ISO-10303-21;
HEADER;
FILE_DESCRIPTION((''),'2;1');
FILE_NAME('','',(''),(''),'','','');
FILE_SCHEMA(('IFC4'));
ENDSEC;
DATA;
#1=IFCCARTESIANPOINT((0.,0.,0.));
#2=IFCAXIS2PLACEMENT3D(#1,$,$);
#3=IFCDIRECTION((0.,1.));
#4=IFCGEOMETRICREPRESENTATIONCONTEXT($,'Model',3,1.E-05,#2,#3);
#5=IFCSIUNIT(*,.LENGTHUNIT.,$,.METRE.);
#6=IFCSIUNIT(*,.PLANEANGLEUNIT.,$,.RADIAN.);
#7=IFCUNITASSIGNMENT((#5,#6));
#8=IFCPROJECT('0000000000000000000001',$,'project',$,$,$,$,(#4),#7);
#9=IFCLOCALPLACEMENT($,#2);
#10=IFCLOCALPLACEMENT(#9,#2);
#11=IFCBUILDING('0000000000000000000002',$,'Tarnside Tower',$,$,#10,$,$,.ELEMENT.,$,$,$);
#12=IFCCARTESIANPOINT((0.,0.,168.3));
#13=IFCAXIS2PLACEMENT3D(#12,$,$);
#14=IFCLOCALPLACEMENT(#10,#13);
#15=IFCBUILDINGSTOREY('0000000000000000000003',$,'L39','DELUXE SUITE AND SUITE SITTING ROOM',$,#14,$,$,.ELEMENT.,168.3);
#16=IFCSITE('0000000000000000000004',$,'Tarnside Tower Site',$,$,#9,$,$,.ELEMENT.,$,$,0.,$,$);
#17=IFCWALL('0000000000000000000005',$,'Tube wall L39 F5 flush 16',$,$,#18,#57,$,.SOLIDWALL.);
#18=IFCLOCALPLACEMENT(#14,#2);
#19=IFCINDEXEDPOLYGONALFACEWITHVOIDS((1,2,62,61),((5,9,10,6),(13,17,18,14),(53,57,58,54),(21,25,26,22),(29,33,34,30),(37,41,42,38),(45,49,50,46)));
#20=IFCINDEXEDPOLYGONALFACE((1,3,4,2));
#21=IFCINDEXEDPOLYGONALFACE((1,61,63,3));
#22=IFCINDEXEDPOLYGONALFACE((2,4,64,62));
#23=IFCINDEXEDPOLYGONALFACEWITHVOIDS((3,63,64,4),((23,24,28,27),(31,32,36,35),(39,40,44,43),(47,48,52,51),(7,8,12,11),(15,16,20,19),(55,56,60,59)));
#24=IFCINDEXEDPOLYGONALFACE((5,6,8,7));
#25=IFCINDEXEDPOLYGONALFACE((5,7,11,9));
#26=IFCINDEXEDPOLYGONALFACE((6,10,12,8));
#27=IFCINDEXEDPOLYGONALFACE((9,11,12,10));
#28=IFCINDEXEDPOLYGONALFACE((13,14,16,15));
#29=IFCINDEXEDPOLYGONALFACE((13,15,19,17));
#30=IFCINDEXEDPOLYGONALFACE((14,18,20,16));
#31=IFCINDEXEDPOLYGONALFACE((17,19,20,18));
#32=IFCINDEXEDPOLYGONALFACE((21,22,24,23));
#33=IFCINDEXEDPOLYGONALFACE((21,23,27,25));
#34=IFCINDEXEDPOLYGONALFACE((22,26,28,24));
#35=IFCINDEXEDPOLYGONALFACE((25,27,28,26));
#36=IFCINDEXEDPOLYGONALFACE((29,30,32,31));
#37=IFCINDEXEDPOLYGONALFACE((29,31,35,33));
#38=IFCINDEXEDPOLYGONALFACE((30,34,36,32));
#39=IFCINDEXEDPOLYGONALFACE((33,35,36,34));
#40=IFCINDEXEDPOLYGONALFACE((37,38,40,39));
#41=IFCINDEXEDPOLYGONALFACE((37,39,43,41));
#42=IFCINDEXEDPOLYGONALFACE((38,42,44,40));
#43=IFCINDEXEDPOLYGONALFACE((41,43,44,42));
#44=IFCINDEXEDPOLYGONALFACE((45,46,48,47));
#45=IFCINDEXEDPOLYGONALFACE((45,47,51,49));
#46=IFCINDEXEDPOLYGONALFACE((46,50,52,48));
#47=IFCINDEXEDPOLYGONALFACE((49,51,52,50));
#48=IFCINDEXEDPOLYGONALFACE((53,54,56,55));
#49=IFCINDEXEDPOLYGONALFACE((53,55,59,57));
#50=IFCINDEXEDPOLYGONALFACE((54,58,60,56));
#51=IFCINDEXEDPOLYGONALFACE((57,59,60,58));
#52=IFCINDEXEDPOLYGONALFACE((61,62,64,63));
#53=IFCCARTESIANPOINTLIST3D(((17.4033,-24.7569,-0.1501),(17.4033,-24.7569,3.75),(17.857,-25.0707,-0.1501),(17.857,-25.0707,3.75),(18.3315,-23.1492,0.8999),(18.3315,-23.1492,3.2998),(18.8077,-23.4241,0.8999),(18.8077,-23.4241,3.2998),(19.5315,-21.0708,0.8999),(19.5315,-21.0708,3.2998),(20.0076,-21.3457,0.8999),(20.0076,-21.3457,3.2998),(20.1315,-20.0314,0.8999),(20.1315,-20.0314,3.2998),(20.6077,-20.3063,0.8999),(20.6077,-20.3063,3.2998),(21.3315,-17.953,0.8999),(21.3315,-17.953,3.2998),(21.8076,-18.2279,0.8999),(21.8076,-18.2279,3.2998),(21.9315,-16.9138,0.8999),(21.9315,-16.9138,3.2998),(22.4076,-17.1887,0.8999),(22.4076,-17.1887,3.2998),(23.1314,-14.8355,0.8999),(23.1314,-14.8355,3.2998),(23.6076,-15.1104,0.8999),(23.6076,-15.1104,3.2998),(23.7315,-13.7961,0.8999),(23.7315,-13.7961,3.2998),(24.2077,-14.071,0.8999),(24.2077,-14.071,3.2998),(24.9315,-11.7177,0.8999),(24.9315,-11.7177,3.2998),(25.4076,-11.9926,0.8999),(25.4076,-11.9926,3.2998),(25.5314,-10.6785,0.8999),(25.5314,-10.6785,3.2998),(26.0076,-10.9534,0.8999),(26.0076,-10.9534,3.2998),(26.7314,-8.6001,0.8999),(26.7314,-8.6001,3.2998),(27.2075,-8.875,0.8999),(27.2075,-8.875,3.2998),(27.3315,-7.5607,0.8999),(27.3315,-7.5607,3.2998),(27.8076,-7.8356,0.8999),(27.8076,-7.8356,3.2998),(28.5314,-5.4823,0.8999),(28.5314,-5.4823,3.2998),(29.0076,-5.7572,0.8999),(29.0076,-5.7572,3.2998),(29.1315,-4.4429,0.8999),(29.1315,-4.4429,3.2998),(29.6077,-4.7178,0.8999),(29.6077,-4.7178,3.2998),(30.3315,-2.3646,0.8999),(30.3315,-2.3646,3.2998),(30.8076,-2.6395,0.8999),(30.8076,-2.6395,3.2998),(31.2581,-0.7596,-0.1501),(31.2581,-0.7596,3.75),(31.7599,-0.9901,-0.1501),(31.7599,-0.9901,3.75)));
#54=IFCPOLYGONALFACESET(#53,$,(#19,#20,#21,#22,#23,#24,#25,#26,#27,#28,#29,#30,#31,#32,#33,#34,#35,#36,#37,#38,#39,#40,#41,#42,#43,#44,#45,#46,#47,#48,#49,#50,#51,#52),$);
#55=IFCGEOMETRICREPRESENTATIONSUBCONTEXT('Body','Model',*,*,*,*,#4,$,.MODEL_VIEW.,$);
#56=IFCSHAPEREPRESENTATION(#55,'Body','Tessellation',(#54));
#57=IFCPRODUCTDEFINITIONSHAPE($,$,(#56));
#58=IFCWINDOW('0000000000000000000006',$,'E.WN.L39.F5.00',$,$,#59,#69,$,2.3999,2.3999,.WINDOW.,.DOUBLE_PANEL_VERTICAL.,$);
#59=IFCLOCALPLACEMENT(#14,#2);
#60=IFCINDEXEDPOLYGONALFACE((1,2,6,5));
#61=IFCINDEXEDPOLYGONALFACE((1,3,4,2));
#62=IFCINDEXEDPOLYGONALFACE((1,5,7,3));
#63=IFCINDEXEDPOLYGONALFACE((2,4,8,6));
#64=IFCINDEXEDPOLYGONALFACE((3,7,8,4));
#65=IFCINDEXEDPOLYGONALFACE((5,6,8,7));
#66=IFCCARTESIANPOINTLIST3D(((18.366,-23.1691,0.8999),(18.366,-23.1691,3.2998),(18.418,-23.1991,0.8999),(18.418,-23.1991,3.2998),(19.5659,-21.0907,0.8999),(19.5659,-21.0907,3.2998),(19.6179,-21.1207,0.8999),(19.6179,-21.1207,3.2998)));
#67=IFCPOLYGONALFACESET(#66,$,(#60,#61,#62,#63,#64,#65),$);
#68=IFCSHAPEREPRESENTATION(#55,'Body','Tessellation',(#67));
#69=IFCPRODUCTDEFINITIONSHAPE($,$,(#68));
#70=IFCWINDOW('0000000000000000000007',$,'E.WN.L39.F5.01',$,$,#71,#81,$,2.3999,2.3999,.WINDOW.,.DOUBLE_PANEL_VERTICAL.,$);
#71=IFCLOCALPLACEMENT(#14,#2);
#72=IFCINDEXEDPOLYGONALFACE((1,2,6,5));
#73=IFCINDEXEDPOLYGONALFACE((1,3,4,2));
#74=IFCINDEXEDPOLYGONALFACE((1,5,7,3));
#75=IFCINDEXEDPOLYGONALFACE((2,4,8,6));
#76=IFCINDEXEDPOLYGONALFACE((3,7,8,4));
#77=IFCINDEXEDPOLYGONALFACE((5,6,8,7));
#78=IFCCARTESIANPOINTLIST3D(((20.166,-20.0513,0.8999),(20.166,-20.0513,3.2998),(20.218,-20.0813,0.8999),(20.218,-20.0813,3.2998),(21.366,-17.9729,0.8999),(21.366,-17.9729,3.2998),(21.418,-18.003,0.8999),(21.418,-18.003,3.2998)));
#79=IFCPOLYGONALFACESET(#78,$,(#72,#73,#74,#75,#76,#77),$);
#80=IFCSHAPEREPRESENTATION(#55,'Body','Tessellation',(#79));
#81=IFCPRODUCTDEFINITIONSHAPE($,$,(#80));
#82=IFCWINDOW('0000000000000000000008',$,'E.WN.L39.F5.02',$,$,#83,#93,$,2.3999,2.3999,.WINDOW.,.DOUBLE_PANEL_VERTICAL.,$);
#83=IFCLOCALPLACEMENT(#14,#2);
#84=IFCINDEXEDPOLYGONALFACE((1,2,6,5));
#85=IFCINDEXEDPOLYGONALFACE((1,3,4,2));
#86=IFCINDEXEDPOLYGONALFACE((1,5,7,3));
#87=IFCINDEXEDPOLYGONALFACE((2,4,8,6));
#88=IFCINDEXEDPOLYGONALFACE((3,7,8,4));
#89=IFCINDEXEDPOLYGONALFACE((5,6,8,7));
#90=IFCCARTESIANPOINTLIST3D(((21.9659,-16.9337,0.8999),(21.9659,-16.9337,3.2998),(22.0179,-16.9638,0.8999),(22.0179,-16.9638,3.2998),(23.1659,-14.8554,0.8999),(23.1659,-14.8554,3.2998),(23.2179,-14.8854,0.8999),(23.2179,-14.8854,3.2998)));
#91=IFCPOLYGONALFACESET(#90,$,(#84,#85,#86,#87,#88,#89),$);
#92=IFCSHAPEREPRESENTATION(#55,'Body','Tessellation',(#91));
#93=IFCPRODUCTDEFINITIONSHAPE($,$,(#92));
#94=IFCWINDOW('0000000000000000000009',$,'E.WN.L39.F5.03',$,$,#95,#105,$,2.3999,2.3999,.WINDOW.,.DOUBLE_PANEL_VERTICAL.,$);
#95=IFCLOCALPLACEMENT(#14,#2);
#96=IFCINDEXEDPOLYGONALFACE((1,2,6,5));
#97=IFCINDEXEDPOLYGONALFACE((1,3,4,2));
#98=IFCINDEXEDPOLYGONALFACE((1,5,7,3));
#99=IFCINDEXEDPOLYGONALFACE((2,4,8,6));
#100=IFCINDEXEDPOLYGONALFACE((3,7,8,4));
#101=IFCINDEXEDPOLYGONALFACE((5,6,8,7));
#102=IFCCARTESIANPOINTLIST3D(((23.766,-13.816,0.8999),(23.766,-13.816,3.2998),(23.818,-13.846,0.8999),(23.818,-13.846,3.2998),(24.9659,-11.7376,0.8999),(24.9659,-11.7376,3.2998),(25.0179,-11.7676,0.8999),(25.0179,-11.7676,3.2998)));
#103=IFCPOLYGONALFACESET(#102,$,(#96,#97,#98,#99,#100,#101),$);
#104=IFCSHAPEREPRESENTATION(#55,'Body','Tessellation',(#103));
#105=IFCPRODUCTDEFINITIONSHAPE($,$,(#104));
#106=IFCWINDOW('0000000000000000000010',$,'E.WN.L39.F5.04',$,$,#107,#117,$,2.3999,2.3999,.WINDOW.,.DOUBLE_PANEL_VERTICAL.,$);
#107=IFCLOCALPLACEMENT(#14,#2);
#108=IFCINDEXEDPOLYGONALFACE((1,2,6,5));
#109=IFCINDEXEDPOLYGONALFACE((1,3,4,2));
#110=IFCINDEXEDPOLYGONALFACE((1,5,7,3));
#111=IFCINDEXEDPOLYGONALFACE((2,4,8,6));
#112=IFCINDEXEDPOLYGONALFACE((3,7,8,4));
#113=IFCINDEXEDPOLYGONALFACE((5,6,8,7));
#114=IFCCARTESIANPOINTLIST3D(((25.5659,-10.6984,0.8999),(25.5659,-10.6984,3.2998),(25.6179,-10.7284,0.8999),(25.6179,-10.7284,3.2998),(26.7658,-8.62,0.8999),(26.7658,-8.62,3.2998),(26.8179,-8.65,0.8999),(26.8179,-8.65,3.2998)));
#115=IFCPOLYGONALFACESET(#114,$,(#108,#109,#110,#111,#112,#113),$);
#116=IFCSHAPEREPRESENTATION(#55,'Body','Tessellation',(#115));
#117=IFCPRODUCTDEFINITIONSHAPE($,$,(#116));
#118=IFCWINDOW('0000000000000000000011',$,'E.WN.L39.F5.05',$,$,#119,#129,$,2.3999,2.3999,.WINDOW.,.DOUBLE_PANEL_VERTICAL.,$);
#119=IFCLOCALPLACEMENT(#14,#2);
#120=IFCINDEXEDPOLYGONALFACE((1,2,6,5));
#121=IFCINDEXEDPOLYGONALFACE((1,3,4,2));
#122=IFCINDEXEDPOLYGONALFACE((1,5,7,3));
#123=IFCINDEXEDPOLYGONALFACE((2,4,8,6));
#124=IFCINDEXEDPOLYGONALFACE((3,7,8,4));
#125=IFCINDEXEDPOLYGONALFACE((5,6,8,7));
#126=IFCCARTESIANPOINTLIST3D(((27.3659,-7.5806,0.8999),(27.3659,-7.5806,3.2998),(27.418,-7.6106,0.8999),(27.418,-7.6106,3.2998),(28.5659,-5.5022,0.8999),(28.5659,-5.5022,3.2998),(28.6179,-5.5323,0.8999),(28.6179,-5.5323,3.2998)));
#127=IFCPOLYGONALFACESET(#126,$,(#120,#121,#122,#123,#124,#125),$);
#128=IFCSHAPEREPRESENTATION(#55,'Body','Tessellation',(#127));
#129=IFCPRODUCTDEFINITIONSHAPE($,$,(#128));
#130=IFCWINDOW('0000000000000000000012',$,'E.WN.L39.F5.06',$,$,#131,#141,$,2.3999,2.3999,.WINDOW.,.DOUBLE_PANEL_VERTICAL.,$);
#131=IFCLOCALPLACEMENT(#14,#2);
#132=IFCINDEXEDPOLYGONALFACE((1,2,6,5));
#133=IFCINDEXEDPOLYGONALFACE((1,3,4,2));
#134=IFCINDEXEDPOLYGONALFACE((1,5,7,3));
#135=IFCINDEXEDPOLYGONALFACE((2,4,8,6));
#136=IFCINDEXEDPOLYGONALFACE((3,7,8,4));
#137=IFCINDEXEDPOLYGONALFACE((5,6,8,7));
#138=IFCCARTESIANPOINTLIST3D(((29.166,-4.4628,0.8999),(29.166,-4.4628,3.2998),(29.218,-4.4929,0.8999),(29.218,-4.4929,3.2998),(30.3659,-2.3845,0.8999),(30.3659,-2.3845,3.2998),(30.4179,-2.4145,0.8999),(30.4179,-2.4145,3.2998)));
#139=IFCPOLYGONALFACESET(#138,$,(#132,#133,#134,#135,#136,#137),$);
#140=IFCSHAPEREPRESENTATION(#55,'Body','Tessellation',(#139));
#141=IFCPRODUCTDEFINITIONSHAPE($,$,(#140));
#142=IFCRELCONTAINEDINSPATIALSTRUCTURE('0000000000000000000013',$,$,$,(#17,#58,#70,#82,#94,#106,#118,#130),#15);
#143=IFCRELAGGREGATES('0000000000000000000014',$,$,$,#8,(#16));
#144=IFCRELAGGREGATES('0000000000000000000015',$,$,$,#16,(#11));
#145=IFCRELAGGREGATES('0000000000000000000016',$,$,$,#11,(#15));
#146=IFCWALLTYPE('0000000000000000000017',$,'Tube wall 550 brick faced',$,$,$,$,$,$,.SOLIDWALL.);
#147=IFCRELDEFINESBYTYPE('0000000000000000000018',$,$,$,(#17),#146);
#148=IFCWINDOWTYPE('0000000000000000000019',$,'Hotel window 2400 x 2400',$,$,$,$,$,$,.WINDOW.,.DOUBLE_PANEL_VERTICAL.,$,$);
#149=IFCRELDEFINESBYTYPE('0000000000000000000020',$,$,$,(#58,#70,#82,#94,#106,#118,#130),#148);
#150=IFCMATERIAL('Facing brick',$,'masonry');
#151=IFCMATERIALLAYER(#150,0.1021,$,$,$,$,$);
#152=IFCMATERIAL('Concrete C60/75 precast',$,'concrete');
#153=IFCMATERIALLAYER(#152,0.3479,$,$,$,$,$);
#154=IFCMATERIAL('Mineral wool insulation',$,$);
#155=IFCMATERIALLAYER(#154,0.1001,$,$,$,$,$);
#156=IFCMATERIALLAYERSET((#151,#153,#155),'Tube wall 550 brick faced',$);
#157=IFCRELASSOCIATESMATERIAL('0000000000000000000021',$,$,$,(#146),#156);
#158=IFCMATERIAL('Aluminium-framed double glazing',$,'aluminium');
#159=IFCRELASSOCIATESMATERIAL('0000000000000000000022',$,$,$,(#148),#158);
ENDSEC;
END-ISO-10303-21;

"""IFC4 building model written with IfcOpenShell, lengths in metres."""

from ifc_helpers import new_model, si_unit, direction, frame, frame_2d, origin, place, context, subcontext, project, spatial, polyline, rectangle, outline, extrude, material, layer, layer_set, type_object, element, fill, save


model = new_model("IFC4")

# Units and contexts
model_context = context("Model", 3, precision=1e-05, world=origin(), true_north=direction((0.0, 1.0)))
body_context = subcontext(model_context, "Body", "Model", "MODEL_VIEW")
ifc_project = project(units=[si_unit("LENGTHUNIT", "METRE"), si_unit("PLANEANGLEUNIT", "RADIAN")], contexts=[model_context])

# Site, building, storey
site_placement = place(None, origin())
site = spatial("IfcSite", under=ifc_project, at=site_placement, Name="Tarnside Tower Site", CompositionType="ELEMENT", RefElevation=0.0)
building_placement = place(site_placement, origin())
building = spatial("IfcBuilding", under=site, at=building_placement, Name="Tarnside Tower", CompositionType="ELEMENT")
storey_placement = place(building_placement, frame((0.0, 0.0, 168.3)))
storey = spatial("IfcBuildingStorey", under=building, at=storey_placement, Name="L39", Description="DELUXE SUITE AND SUITE SITTING ROOM", CompositionType="ELEMENT", Elevation=168.3)

# Shared definitions
ifc_material_1 = material(Name="Facing brick", Category="masonry")
ifc_layer_1 = layer(ifc_material_1, 0.1021)
ifc_material_2 = material(Name="Concrete C60/75 precast", Category="concrete")
ifc_layer_2 = layer(ifc_material_2, 0.3479)
ifc_material_3 = material(Name="Mineral wool insulation")
ifc_layer_3 = layer(ifc_material_3, 0.1001)
ifc_layer_set_1 = layer_set([ifc_layer_1, ifc_layer_2, ifc_layer_3], Name="Tube wall 550 brick faced")
wall_type_1 = type_object("IfcWallType", Name="Tube wall 550 brick faced", PredefinedType="SOLIDWALL", material=ifc_layer_set_1)

# Wall, openings, windows
wall_1_placement = place(storey_placement, frame((17.6301, -24.9138, -0.1501), z_axis=(0.0, 0.0, 1.0), x_axis=(0.499999, 0.866026, 0.0)))
wall_1 = element("IfcWall", 1, at=wall_1_placement, inside=storey, type_object=wall_type_1, Name="Tube wall L39 F5 flush 16", PredefinedType="SOLIDWALL", context=body_context, shape_type="SweptSolid", body=[
    extrude(outline(polyline([(-0.0225, -0.2749), (27.7834, -0.2749), (27.7322, 0.2749), (0.0225, 0.2749), (-0.0225, -0.2749)])), origin(), (0.0, 0.0, 1.0), 3.9001),
])
opening_1_placement = place(wall_1_placement, frame((1.8789, 0.0, 1.05)))
opening_1 = element("IfcOpeningElement", 2, at=opening_1_placement, cuts=wall_1, PredefinedType="OPENING", context=body_context, shape_type="SweptSolid", body=[
    extrude(rectangle(XDim=2.3999, YDim=2.3999, at=frame_2d((1.2, 1.2))), frame((0.0, 0.2852, 0.0), z_axis=(0.0, -1.0, 0.0), x_axis=(1.0, 0.0, 0.0)), (0.0, 0.0, 1.0), 0.5701),
])
opening_2_placement = place(wall_1_placement, frame((5.479, 0.0, 1.05)))
opening_2 = element("IfcOpeningElement", 3, at=opening_2_placement, cuts=wall_1, PredefinedType="OPENING", context=body_context, shape_type="SweptSolid", body=[
    extrude(rectangle(XDim=2.3999, YDim=2.3999, at=frame_2d((1.2, 1.2))), frame((0.0, 0.2852, 0.0), z_axis=(0.0, -1.0, 0.0), x_axis=(1.0, 0.0, 0.0)), (0.0, 0.0, 1.0), 0.5701),
])
opening_3_placement = place(wall_1_placement, frame((9.0789, 0.0, 1.05)))
opening_3 = element("IfcOpeningElement", 4, at=opening_3_placement, cuts=wall_1, PredefinedType="OPENING", context=body_context, shape_type="SweptSolid", body=[
    extrude(rectangle(XDim=2.3999, YDim=2.3999, at=frame_2d((1.2, 1.2))), frame((0.0, 0.2852, 0.0), z_axis=(0.0, -1.0, 0.0), x_axis=(1.0, 0.0, 0.0)), (0.0, 0.0, 1.0), 0.5701),
])
opening_4_placement = place(wall_1_placement, frame((12.679, 0.0, 1.05)))
opening_4 = element("IfcOpeningElement", 5, at=opening_4_placement, cuts=wall_1, PredefinedType="OPENING", context=body_context, shape_type="SweptSolid", body=[
    extrude(rectangle(XDim=2.3999, YDim=2.3999, at=frame_2d((1.2, 1.2))), frame((0.0, 0.2852, 0.0), z_axis=(0.0, -1.0, 0.0), x_axis=(1.0, 0.0, 0.0)), (0.0, 0.0, 1.0), 0.5701),
])
opening_5_placement = place(wall_1_placement, frame((16.2788, 0.0, 1.05)))
opening_5 = element("IfcOpeningElement", 6, at=opening_5_placement, cuts=wall_1, PredefinedType="OPENING", context=body_context, shape_type="SweptSolid", body=[
    extrude(rectangle(XDim=2.3999, YDim=2.3999, at=frame_2d((1.2, 1.2))), frame((0.0, 0.2852, 0.0), z_axis=(0.0, -1.0, 0.0), x_axis=(1.0, 0.0, 0.0)), (0.0, 0.0, 1.0), 0.5701),
])
opening_6_placement = place(wall_1_placement, frame((19.8789, 0.0, 1.05)))
opening_6 = element("IfcOpeningElement", 7, at=opening_6_placement, cuts=wall_1, PredefinedType="OPENING", context=body_context, shape_type="SweptSolid", body=[
    extrude(rectangle(XDim=2.3999, YDim=2.3999, at=frame_2d((1.2, 1.2))), frame((0.0, 0.2852, 0.0), z_axis=(0.0, -1.0, 0.0), x_axis=(1.0, 0.0, 0.0)), (0.0, 0.0, 1.0), 0.5701),
])
opening_7_placement = place(wall_1_placement, frame((23.479, 0.0, 1.05)))
opening_7 = element("IfcOpeningElement", 8, at=opening_7_placement, cuts=wall_1, PredefinedType="OPENING", context=body_context, shape_type="SweptSolid", body=[
    extrude(rectangle(XDim=2.3999, YDim=2.3999, at=frame_2d((1.2, 1.2))), frame((0.0, 0.2852, 0.0), z_axis=(0.0, -1.0, 0.0), x_axis=(1.0, 0.0, 0.0)), (0.0, 0.0, 1.0), 0.5701),
])
ifc_material_4 = material(Name="Aluminium-framed double glazing", Category="aluminium")
window_type = type_object("IfcWindowType", Name="Hotel window 2400 x 2400", PartitioningType="DOUBLE_PANEL_VERTICAL", PredefinedType="WINDOW", material=ifc_material_4)
window_1_placement = place(opening_1_placement, frame((0.0, 0.2051, 0.0)))
window_1 = element("IfcWindow", 9, at=window_1_placement, inside=storey, type_object=window_type, Name="E.WN.L39.F5.00", OverallHeight=2.3999, OverallWidth=2.3999, PartitioningType="DOUBLE_PANEL_VERTICAL", PredefinedType="WINDOW", context=body_context, shape_type="SweptSolid", body=[
    extrude(rectangle(XDim=2.3999, YDim=2.3999, at=frame_2d((1.2, 1.2))), frame((0.0, 0.03, 0.0), z_axis=(0.0, -1.0, 0.0), x_axis=(1.0, 0.0, 0.0)), (0.0, 0.0, 1.0), 0.0601),
])
fill(opening_1, window_1)
window_2_placement = place(opening_2_placement, frame((0.0, 0.2051, 0.0)))
window_2 = element("IfcWindow", 10, at=window_2_placement, inside=storey, type_object=window_type, Name="E.WN.L39.F5.01", OverallHeight=2.3999, OverallWidth=2.3999, PartitioningType="DOUBLE_PANEL_VERTICAL", PredefinedType="WINDOW", context=body_context, shape_type="SweptSolid", body=[
    extrude(rectangle(XDim=2.3999, YDim=2.3999, at=frame_2d((1.2, 1.2))), frame((0.0, 0.03, 0.0), z_axis=(0.0, -1.0, 0.0), x_axis=(1.0, 0.0, 0.0)), (0.0, 0.0, 1.0), 0.0601),
])
fill(opening_2, window_2)
window_3_placement = place(opening_3_placement, frame((0.0, 0.2051, 0.0)))
window_3 = element("IfcWindow", 11, at=window_3_placement, inside=storey, type_object=window_type, Name="E.WN.L39.F5.02", OverallHeight=2.3999, OverallWidth=2.3999, PartitioningType="DOUBLE_PANEL_VERTICAL", PredefinedType="WINDOW", context=body_context, shape_type="SweptSolid", body=[
    extrude(rectangle(XDim=2.3999, YDim=2.3999, at=frame_2d((1.2, 1.2))), frame((0.0, 0.03, 0.0), z_axis=(0.0, -1.0, 0.0), x_axis=(1.0, 0.0, 0.0)), (0.0, 0.0, 1.0), 0.0601),
])
fill(opening_3, window_3)
window_4_placement = place(opening_4_placement, frame((0.0, 0.2051, 0.0)))
window_4 = element("IfcWindow", 12, at=window_4_placement, inside=storey, type_object=window_type, Name="E.WN.L39.F5.03", OverallHeight=2.3999, OverallWidth=2.3999, PartitioningType="DOUBLE_PANEL_VERTICAL", PredefinedType="WINDOW", context=body_context, shape_type="SweptSolid", body=[
    extrude(rectangle(XDim=2.3999, YDim=2.3999, at=frame_2d((1.2, 1.2))), frame((0.0, 0.03, 0.0), z_axis=(0.0, -1.0, 0.0), x_axis=(1.0, 0.0, 0.0)), (0.0, 0.0, 1.0), 0.0601),
])
fill(opening_4, window_4)
window_5_placement = place(opening_5_placement, frame((0.0, 0.2051, 0.0)))
window_5 = element("IfcWindow", 13, at=window_5_placement, inside=storey, type_object=window_type, Name="E.WN.L39.F5.04", OverallHeight=2.3999, OverallWidth=2.3999, PartitioningType="DOUBLE_PANEL_VERTICAL", PredefinedType="WINDOW", context=body_context, shape_type="SweptSolid", body=[
    extrude(rectangle(XDim=2.3999, YDim=2.3999, at=frame_2d((1.2, 1.2))), frame((0.0, 0.03, 0.0), z_axis=(0.0, -1.0, 0.0), x_axis=(1.0, 0.0, 0.0)), (0.0, 0.0, 1.0), 0.0601),
])
fill(opening_5, window_5)
window_6_placement = place(opening_6_placement, frame((0.0, 0.2051, 0.0)))
window_6 = element("IfcWindow", 14, at=window_6_placement, inside=storey, type_object=window_type, Name="E.WN.L39.F5.05", OverallHeight=2.3999, OverallWidth=2.3999, PartitioningType="DOUBLE_PANEL_VERTICAL", PredefinedType="WINDOW", context=body_context, shape_type="SweptSolid", body=[
    extrude(rectangle(XDim=2.3999, YDim=2.3999, at=frame_2d((1.2, 1.2))), frame((0.0, 0.03, 0.0), z_axis=(0.0, -1.0, 0.0), x_axis=(1.0, 0.0, 0.0)), (0.0, 0.0, 1.0), 0.0601),
])
fill(opening_6, window_6)
window_7_placement = place(opening_7_placement, frame((0.0, 0.2051, 0.0)))
window_7 = element("IfcWindow", 15, at=window_7_placement, inside=storey, type_object=window_type, Name="E.WN.L39.F5.06", OverallHeight=2.3999, OverallWidth=2.3999, PartitioningType="DOUBLE_PANEL_VERTICAL", PredefinedType="WINDOW", context=body_context, shape_type="SweptSolid", body=[
    extrude(rectangle(XDim=2.3999, YDim=2.3999, at=frame_2d((1.2, 1.2))), frame((0.0, 0.03, 0.0), z_axis=(0.0, -1.0, 0.0), x_axis=(1.0, 0.0, 0.0)), (0.0, 0.0, 1.0), 0.0601),
])
fill(opening_7, window_7)

save(model, "model.ifc")
